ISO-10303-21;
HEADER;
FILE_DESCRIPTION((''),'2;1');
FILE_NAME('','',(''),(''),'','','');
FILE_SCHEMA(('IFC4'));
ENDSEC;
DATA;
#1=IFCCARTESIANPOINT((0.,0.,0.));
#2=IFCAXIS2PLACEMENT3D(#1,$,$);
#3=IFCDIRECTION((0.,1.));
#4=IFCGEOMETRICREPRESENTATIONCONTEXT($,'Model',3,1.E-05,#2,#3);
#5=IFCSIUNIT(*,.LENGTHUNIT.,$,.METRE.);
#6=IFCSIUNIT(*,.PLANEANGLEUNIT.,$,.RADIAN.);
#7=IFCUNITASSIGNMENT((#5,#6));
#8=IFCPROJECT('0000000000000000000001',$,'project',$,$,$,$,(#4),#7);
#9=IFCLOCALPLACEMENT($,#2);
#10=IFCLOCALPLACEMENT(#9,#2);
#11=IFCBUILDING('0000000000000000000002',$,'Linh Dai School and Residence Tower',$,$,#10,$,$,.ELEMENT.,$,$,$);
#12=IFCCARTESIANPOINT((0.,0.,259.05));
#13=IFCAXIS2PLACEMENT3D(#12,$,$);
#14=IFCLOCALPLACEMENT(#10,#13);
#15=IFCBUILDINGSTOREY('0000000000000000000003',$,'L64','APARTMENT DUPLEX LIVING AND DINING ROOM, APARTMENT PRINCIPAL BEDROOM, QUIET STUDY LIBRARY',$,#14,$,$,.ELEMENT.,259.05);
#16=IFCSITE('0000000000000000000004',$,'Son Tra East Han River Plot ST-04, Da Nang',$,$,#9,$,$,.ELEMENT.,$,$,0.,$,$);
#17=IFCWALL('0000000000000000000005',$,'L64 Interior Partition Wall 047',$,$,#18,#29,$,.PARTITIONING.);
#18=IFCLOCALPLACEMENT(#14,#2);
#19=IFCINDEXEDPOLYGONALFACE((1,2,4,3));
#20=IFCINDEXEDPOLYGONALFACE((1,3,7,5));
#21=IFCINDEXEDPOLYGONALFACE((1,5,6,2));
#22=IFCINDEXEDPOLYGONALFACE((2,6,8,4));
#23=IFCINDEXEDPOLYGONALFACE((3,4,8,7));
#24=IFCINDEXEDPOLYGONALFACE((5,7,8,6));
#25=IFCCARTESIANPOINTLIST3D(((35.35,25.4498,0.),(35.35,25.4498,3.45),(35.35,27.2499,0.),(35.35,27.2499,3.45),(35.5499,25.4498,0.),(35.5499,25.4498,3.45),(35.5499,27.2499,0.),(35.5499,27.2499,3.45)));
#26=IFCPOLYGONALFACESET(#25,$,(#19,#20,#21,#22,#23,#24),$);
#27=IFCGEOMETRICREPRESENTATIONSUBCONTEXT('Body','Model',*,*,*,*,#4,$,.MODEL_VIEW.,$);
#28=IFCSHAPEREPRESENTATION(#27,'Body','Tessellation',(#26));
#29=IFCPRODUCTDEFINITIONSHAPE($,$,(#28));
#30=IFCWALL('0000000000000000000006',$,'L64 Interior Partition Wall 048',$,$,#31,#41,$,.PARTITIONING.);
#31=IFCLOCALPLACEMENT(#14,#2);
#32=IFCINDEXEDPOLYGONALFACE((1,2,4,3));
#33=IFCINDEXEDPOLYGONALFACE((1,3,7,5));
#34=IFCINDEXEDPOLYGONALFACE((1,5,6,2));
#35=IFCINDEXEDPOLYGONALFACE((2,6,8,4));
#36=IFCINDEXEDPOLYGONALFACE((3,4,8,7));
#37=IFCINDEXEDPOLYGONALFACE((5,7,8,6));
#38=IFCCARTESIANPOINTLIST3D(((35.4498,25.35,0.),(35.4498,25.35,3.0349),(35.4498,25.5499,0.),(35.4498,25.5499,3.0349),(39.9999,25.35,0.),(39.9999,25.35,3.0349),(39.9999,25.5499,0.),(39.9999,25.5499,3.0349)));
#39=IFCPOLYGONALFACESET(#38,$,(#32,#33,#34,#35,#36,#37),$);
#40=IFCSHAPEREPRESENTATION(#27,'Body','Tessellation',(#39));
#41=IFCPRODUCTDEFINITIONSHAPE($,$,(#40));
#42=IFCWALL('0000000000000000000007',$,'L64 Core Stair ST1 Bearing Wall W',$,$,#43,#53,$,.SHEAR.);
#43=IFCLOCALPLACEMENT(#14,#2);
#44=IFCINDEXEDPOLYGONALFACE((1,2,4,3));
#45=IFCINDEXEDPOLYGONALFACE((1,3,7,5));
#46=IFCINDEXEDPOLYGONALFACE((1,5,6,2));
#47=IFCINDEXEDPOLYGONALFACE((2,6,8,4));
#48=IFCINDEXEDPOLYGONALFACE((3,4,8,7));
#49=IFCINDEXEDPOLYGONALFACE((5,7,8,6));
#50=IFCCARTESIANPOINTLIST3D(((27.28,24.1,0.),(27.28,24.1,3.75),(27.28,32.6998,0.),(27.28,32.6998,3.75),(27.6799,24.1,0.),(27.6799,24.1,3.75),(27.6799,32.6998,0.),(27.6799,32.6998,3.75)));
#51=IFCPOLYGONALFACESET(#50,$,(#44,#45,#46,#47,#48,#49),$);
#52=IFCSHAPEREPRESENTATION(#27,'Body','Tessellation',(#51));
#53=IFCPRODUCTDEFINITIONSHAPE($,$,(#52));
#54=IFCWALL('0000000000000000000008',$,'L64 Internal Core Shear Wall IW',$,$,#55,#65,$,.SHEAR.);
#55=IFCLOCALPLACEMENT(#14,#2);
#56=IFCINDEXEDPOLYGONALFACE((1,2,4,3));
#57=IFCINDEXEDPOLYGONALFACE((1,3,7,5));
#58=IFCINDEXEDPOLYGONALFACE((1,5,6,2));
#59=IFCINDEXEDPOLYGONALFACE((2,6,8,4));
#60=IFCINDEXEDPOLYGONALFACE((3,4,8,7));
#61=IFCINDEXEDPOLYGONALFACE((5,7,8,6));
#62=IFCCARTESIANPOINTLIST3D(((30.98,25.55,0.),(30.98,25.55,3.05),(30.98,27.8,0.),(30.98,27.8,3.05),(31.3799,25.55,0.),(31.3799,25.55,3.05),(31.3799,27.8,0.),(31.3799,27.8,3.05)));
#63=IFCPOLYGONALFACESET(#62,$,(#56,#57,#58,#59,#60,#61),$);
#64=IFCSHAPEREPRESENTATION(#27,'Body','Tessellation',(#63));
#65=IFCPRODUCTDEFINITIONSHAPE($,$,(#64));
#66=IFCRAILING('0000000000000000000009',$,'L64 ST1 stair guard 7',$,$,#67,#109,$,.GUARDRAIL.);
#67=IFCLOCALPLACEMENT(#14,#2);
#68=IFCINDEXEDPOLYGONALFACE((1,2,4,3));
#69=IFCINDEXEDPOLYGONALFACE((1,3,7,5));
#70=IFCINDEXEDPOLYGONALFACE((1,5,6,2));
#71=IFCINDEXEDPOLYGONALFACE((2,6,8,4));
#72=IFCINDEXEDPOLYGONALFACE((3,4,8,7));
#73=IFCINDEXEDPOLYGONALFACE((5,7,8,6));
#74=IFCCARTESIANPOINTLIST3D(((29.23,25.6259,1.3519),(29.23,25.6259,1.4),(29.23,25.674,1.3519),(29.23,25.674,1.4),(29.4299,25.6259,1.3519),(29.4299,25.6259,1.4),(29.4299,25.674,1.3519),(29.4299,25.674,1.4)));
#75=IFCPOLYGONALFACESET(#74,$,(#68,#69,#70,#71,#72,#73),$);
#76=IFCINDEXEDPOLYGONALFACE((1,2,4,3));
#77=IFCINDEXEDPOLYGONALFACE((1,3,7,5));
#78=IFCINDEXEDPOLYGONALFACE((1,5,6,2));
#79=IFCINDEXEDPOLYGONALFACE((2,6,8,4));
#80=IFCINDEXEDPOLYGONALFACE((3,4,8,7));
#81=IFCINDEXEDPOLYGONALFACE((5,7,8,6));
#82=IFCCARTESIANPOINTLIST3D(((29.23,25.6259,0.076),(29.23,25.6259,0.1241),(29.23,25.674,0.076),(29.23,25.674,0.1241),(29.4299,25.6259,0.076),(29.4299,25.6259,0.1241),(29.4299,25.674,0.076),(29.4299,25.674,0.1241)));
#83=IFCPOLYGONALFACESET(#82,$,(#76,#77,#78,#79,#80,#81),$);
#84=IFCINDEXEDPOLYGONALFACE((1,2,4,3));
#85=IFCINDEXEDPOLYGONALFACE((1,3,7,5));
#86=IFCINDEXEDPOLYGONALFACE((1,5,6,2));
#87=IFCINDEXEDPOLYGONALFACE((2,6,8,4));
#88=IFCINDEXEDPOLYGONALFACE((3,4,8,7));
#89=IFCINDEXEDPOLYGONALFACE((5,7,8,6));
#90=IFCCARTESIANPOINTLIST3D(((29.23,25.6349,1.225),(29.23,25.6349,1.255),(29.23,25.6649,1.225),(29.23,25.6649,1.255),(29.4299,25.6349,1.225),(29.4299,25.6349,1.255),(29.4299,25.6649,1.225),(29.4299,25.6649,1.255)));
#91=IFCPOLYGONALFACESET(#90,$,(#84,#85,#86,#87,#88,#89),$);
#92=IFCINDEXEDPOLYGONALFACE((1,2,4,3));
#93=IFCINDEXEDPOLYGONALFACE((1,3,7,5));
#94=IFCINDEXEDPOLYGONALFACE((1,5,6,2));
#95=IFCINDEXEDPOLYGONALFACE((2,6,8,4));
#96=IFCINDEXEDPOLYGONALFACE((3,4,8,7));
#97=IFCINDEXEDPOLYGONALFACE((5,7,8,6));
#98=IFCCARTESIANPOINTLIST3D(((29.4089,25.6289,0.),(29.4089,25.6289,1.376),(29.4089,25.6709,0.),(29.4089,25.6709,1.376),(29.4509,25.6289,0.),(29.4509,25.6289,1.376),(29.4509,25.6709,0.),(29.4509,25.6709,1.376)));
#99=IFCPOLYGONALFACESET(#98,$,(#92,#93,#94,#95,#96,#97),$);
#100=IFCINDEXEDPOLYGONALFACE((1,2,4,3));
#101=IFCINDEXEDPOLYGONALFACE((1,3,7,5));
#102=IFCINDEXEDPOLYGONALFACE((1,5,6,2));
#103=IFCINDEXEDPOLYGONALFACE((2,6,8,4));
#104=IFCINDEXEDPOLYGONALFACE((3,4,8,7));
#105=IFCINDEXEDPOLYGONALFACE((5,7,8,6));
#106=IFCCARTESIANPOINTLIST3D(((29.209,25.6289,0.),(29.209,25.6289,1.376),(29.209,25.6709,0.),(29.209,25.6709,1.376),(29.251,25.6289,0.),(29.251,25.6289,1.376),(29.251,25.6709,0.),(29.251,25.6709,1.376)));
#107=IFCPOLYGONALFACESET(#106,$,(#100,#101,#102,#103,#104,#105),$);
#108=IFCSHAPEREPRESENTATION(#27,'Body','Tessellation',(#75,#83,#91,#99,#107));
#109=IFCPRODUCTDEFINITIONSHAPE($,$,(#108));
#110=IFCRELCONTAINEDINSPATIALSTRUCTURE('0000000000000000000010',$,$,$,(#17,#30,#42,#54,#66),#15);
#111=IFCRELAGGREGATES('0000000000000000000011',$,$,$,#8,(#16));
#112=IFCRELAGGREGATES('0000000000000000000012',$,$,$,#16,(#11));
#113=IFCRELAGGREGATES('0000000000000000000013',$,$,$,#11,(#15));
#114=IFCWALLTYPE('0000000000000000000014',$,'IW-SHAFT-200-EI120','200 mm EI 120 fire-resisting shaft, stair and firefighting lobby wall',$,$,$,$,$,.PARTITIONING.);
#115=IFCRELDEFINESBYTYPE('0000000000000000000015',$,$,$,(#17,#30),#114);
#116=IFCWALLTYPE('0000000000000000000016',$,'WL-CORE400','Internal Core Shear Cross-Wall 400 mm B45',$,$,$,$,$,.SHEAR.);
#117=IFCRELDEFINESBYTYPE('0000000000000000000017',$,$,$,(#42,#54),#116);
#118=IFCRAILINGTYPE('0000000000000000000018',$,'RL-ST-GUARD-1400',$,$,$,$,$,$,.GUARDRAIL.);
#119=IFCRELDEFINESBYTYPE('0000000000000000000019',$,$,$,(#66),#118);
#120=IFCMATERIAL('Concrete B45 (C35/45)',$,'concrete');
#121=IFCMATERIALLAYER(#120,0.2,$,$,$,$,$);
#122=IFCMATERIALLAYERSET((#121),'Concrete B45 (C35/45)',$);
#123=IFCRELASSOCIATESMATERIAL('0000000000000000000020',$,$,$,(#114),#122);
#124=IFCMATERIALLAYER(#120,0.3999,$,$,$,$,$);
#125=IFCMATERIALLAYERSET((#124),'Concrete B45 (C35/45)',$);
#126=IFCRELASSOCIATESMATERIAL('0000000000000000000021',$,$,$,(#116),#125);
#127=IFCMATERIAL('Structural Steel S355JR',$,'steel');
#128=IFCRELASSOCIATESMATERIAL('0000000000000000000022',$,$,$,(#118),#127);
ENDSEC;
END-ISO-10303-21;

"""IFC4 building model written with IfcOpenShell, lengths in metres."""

from ifc_helpers import new_model, si_unit, direction, frame, frame_2d, origin, origin_2d, place, context, subcontext, project, spatial, rectangle, extrude, source, transform, mapped, material, layer, layer_set, type_object, element, save


model = new_model("IFC4")

# Units and contexts
model_context = context("Model", 3, precision=1e-05, world=origin(), true_north=direction((0.0, 1.0)))
body_context = subcontext(model_context, "Body", "Model", "MODEL_VIEW")
ifc_project = project(units=[si_unit("LENGTHUNIT", "METRE"), si_unit("PLANEANGLEUNIT", "RADIAN")], contexts=[model_context])

# Site, building, storey
site_placement = place(None, origin())
site = spatial("IfcSite", under=ifc_project, at=site_placement, Name="Son Tra East Han River Plot ST-04, Da Nang", CompositionType="ELEMENT", RefElevation=0.0)
building_placement = place(site_placement, origin())
building = spatial("IfcBuilding", under=site, at=building_placement, Name="Linh Dai School and Residence Tower", CompositionType="ELEMENT")
storey_placement = place(building_placement, frame((0.0, 0.0, 259.05)))
storey = spatial("IfcBuildingStorey", under=building, at=storey_placement, Name="L64", Description="APARTMENT DUPLEX LIVING AND DINING ROOM, APARTMENT PRINCIPAL BEDROOM, QUIET STUDY LIBRARY", CompositionType="ELEMENT", Elevation=259.05)

# Shared definitions
ifc_material_1 = material(Name="Structural Steel S355JR", Category="steel")

# Shared definitions
ifc_material_2 = material(Name="Concrete B45 (C35/45)", Category="concrete")
ifc_layer_1 = layer(ifc_material_2, 0.2)
ifc_layer_set_1 = layer_set([ifc_layer_1], Name="Concrete B45 (C35/45)")
wall_type_1 = type_object("IfcWallType", Name="IW-SHAFT-200-EI120", Description="200 mm EI 120 fire-resisting shaft, stair and firefighting lobby wall", PredefinedType="PARTITIONING", material=ifc_layer_set_1)

# Walls
wall_1_placement = place(storey_placement, frame((35.45, 25.45, 0.0), z_axis=(0.0, 0.0, 1.0), x_axis=(0.0, 1.0, 0.0)))
element("IfcWall", 1, at=wall_1_placement, inside=storey, type_object=wall_type_1, Name="L64 Interior Partition Wall 047", PredefinedType="PARTITIONING", context=body_context, shape_type="SweptSolid", body=[
    extrude(rectangle(XDim=1.8, YDim=0.2, at=frame_2d((0.8999, 0.0))), origin(), (0.0, 0.0, 1.0), 3.45),
])
wall_2_placement = place(storey_placement, frame((35.45, 25.45, 0.0), z_axis=(0.0, 0.0, 1.0), x_axis=(1.0, 0.0, 0.0)))
element("IfcWall", 2, at=wall_2_placement, inside=storey, type_object=wall_type_1, Name="L64 Interior Partition Wall 048", PredefinedType="PARTITIONING", context=body_context, shape_type="SweptSolid", body=[
    extrude(rectangle(XDim=4.55, YDim=0.2, at=frame_2d((2.2749, 0.0))), origin(), (0.0, 0.0, 1.0), 3.0349),
])
ifc_layer_2 = layer(ifc_material_2, 0.3999)
ifc_layer_set_2 = layer_set([ifc_layer_2], Name="Concrete B45 (C35/45)")
wall_type_2 = type_object("IfcWallType", Name="WL-CORE400", Description="Internal Core Shear Cross-Wall 400 mm B45", PredefinedType="SHEAR", material=ifc_layer_set_2)
wall_3_placement = place(storey_placement, frame((27.48, 24.1001, 0.0), z_axis=(0.0, 0.0, 1.0), x_axis=(0.0, 1.0, 0.0)))
element("IfcWall", 3, at=wall_3_placement, inside=storey, type_object=wall_type_2, Name="L64 Core Stair ST1 Bearing Wall W", PredefinedType="SHEAR", context=body_context, shape_type="SweptSolid", body=[
    extrude(rectangle(XDim=8.5999, YDim=0.3999, at=frame_2d((4.2998, 0.0))), origin(), (0.0, 0.0, 1.0), 3.75),
])
wall_4_placement = place(storey_placement, frame((31.1799, 25.55, 0.0), z_axis=(0.0, 0.0, 1.0), x_axis=(0.0, 1.0, 0.0)))
element("IfcWall", 4, at=wall_4_placement, inside=storey, type_object=wall_type_2, Name="L64 Internal Core Shear Wall IW", PredefinedType="SHEAR", context=body_context, shape_type="SweptSolid", body=[
    extrude(rectangle(XDim=2.25, YDim=0.3999, at=frame_2d((1.125, 0.0))), origin(), (0.0, 0.0, 1.0), 3.05),
])

# Railing
railing_type = type_object("IfcRailingType", Name="RL-ST-GUARD-1400", PredefinedType="GUARDRAIL", material=ifc_material_1)
shared_shape_1 = source(origin(), body_context, "Body", "SweptSolid", [
    extrude(rectangle(XDim=0.0481, YDim=0.0481, at=origin_2d()), frame((0.0, 0.0, 1.376), z_axis=(-1.0, 0.0, 0.0), x_axis=(0.0, -1.0, 0.0)), (0.0, 0.0, 1.0), 0.2),
    extrude(rectangle(XDim=0.0481, YDim=0.0481, at=origin_2d()), frame((0.0, 0.0, 0.1001), z_axis=(-1.0, 0.0, 0.0), x_axis=(0.0, -1.0, 0.0)), (0.0, 0.0, 1.0), 0.2),
    extrude(rectangle(XDim=0.03, YDim=0.03, at=origin_2d()), frame((0.0, 0.0, 1.24), z_axis=(-1.0, 0.0, 0.0), x_axis=(0.0, -1.0, 0.0)), (0.0, 0.0, 1.0), 0.2),
    extrude(rectangle(XDim=0.042, YDim=0.042, at=origin_2d()), origin(), (0.0, 0.0, 1.0), 1.376),
    extrude(rectangle(XDim=0.042, YDim=0.042, at=origin_2d()), frame((-0.2, 0.0, 0.0)), (0.0, 0.0, 1.0), 1.376),
])
railing_placement = place(storey_placement, frame((29.4299, 25.6499, 0.0)))
element("IfcRailing", 5, at=railing_placement, inside=storey, type_object=railing_type, Name="L64 ST1 stair guard 7", PredefinedType="GUARDRAIL", context=body_context, shape_type="MappedRepresentation", body=[
    mapped(shared_shape_1, transform((0.0, 0.0, 0.0), x_axis=(1.0, 0.0, 0.0), y_axis=(0.0, 1.0, 0.0), z_axis=(0.0, 0.0, 1.0), scale=1.0)),
])

save(model, "model.ifc")
